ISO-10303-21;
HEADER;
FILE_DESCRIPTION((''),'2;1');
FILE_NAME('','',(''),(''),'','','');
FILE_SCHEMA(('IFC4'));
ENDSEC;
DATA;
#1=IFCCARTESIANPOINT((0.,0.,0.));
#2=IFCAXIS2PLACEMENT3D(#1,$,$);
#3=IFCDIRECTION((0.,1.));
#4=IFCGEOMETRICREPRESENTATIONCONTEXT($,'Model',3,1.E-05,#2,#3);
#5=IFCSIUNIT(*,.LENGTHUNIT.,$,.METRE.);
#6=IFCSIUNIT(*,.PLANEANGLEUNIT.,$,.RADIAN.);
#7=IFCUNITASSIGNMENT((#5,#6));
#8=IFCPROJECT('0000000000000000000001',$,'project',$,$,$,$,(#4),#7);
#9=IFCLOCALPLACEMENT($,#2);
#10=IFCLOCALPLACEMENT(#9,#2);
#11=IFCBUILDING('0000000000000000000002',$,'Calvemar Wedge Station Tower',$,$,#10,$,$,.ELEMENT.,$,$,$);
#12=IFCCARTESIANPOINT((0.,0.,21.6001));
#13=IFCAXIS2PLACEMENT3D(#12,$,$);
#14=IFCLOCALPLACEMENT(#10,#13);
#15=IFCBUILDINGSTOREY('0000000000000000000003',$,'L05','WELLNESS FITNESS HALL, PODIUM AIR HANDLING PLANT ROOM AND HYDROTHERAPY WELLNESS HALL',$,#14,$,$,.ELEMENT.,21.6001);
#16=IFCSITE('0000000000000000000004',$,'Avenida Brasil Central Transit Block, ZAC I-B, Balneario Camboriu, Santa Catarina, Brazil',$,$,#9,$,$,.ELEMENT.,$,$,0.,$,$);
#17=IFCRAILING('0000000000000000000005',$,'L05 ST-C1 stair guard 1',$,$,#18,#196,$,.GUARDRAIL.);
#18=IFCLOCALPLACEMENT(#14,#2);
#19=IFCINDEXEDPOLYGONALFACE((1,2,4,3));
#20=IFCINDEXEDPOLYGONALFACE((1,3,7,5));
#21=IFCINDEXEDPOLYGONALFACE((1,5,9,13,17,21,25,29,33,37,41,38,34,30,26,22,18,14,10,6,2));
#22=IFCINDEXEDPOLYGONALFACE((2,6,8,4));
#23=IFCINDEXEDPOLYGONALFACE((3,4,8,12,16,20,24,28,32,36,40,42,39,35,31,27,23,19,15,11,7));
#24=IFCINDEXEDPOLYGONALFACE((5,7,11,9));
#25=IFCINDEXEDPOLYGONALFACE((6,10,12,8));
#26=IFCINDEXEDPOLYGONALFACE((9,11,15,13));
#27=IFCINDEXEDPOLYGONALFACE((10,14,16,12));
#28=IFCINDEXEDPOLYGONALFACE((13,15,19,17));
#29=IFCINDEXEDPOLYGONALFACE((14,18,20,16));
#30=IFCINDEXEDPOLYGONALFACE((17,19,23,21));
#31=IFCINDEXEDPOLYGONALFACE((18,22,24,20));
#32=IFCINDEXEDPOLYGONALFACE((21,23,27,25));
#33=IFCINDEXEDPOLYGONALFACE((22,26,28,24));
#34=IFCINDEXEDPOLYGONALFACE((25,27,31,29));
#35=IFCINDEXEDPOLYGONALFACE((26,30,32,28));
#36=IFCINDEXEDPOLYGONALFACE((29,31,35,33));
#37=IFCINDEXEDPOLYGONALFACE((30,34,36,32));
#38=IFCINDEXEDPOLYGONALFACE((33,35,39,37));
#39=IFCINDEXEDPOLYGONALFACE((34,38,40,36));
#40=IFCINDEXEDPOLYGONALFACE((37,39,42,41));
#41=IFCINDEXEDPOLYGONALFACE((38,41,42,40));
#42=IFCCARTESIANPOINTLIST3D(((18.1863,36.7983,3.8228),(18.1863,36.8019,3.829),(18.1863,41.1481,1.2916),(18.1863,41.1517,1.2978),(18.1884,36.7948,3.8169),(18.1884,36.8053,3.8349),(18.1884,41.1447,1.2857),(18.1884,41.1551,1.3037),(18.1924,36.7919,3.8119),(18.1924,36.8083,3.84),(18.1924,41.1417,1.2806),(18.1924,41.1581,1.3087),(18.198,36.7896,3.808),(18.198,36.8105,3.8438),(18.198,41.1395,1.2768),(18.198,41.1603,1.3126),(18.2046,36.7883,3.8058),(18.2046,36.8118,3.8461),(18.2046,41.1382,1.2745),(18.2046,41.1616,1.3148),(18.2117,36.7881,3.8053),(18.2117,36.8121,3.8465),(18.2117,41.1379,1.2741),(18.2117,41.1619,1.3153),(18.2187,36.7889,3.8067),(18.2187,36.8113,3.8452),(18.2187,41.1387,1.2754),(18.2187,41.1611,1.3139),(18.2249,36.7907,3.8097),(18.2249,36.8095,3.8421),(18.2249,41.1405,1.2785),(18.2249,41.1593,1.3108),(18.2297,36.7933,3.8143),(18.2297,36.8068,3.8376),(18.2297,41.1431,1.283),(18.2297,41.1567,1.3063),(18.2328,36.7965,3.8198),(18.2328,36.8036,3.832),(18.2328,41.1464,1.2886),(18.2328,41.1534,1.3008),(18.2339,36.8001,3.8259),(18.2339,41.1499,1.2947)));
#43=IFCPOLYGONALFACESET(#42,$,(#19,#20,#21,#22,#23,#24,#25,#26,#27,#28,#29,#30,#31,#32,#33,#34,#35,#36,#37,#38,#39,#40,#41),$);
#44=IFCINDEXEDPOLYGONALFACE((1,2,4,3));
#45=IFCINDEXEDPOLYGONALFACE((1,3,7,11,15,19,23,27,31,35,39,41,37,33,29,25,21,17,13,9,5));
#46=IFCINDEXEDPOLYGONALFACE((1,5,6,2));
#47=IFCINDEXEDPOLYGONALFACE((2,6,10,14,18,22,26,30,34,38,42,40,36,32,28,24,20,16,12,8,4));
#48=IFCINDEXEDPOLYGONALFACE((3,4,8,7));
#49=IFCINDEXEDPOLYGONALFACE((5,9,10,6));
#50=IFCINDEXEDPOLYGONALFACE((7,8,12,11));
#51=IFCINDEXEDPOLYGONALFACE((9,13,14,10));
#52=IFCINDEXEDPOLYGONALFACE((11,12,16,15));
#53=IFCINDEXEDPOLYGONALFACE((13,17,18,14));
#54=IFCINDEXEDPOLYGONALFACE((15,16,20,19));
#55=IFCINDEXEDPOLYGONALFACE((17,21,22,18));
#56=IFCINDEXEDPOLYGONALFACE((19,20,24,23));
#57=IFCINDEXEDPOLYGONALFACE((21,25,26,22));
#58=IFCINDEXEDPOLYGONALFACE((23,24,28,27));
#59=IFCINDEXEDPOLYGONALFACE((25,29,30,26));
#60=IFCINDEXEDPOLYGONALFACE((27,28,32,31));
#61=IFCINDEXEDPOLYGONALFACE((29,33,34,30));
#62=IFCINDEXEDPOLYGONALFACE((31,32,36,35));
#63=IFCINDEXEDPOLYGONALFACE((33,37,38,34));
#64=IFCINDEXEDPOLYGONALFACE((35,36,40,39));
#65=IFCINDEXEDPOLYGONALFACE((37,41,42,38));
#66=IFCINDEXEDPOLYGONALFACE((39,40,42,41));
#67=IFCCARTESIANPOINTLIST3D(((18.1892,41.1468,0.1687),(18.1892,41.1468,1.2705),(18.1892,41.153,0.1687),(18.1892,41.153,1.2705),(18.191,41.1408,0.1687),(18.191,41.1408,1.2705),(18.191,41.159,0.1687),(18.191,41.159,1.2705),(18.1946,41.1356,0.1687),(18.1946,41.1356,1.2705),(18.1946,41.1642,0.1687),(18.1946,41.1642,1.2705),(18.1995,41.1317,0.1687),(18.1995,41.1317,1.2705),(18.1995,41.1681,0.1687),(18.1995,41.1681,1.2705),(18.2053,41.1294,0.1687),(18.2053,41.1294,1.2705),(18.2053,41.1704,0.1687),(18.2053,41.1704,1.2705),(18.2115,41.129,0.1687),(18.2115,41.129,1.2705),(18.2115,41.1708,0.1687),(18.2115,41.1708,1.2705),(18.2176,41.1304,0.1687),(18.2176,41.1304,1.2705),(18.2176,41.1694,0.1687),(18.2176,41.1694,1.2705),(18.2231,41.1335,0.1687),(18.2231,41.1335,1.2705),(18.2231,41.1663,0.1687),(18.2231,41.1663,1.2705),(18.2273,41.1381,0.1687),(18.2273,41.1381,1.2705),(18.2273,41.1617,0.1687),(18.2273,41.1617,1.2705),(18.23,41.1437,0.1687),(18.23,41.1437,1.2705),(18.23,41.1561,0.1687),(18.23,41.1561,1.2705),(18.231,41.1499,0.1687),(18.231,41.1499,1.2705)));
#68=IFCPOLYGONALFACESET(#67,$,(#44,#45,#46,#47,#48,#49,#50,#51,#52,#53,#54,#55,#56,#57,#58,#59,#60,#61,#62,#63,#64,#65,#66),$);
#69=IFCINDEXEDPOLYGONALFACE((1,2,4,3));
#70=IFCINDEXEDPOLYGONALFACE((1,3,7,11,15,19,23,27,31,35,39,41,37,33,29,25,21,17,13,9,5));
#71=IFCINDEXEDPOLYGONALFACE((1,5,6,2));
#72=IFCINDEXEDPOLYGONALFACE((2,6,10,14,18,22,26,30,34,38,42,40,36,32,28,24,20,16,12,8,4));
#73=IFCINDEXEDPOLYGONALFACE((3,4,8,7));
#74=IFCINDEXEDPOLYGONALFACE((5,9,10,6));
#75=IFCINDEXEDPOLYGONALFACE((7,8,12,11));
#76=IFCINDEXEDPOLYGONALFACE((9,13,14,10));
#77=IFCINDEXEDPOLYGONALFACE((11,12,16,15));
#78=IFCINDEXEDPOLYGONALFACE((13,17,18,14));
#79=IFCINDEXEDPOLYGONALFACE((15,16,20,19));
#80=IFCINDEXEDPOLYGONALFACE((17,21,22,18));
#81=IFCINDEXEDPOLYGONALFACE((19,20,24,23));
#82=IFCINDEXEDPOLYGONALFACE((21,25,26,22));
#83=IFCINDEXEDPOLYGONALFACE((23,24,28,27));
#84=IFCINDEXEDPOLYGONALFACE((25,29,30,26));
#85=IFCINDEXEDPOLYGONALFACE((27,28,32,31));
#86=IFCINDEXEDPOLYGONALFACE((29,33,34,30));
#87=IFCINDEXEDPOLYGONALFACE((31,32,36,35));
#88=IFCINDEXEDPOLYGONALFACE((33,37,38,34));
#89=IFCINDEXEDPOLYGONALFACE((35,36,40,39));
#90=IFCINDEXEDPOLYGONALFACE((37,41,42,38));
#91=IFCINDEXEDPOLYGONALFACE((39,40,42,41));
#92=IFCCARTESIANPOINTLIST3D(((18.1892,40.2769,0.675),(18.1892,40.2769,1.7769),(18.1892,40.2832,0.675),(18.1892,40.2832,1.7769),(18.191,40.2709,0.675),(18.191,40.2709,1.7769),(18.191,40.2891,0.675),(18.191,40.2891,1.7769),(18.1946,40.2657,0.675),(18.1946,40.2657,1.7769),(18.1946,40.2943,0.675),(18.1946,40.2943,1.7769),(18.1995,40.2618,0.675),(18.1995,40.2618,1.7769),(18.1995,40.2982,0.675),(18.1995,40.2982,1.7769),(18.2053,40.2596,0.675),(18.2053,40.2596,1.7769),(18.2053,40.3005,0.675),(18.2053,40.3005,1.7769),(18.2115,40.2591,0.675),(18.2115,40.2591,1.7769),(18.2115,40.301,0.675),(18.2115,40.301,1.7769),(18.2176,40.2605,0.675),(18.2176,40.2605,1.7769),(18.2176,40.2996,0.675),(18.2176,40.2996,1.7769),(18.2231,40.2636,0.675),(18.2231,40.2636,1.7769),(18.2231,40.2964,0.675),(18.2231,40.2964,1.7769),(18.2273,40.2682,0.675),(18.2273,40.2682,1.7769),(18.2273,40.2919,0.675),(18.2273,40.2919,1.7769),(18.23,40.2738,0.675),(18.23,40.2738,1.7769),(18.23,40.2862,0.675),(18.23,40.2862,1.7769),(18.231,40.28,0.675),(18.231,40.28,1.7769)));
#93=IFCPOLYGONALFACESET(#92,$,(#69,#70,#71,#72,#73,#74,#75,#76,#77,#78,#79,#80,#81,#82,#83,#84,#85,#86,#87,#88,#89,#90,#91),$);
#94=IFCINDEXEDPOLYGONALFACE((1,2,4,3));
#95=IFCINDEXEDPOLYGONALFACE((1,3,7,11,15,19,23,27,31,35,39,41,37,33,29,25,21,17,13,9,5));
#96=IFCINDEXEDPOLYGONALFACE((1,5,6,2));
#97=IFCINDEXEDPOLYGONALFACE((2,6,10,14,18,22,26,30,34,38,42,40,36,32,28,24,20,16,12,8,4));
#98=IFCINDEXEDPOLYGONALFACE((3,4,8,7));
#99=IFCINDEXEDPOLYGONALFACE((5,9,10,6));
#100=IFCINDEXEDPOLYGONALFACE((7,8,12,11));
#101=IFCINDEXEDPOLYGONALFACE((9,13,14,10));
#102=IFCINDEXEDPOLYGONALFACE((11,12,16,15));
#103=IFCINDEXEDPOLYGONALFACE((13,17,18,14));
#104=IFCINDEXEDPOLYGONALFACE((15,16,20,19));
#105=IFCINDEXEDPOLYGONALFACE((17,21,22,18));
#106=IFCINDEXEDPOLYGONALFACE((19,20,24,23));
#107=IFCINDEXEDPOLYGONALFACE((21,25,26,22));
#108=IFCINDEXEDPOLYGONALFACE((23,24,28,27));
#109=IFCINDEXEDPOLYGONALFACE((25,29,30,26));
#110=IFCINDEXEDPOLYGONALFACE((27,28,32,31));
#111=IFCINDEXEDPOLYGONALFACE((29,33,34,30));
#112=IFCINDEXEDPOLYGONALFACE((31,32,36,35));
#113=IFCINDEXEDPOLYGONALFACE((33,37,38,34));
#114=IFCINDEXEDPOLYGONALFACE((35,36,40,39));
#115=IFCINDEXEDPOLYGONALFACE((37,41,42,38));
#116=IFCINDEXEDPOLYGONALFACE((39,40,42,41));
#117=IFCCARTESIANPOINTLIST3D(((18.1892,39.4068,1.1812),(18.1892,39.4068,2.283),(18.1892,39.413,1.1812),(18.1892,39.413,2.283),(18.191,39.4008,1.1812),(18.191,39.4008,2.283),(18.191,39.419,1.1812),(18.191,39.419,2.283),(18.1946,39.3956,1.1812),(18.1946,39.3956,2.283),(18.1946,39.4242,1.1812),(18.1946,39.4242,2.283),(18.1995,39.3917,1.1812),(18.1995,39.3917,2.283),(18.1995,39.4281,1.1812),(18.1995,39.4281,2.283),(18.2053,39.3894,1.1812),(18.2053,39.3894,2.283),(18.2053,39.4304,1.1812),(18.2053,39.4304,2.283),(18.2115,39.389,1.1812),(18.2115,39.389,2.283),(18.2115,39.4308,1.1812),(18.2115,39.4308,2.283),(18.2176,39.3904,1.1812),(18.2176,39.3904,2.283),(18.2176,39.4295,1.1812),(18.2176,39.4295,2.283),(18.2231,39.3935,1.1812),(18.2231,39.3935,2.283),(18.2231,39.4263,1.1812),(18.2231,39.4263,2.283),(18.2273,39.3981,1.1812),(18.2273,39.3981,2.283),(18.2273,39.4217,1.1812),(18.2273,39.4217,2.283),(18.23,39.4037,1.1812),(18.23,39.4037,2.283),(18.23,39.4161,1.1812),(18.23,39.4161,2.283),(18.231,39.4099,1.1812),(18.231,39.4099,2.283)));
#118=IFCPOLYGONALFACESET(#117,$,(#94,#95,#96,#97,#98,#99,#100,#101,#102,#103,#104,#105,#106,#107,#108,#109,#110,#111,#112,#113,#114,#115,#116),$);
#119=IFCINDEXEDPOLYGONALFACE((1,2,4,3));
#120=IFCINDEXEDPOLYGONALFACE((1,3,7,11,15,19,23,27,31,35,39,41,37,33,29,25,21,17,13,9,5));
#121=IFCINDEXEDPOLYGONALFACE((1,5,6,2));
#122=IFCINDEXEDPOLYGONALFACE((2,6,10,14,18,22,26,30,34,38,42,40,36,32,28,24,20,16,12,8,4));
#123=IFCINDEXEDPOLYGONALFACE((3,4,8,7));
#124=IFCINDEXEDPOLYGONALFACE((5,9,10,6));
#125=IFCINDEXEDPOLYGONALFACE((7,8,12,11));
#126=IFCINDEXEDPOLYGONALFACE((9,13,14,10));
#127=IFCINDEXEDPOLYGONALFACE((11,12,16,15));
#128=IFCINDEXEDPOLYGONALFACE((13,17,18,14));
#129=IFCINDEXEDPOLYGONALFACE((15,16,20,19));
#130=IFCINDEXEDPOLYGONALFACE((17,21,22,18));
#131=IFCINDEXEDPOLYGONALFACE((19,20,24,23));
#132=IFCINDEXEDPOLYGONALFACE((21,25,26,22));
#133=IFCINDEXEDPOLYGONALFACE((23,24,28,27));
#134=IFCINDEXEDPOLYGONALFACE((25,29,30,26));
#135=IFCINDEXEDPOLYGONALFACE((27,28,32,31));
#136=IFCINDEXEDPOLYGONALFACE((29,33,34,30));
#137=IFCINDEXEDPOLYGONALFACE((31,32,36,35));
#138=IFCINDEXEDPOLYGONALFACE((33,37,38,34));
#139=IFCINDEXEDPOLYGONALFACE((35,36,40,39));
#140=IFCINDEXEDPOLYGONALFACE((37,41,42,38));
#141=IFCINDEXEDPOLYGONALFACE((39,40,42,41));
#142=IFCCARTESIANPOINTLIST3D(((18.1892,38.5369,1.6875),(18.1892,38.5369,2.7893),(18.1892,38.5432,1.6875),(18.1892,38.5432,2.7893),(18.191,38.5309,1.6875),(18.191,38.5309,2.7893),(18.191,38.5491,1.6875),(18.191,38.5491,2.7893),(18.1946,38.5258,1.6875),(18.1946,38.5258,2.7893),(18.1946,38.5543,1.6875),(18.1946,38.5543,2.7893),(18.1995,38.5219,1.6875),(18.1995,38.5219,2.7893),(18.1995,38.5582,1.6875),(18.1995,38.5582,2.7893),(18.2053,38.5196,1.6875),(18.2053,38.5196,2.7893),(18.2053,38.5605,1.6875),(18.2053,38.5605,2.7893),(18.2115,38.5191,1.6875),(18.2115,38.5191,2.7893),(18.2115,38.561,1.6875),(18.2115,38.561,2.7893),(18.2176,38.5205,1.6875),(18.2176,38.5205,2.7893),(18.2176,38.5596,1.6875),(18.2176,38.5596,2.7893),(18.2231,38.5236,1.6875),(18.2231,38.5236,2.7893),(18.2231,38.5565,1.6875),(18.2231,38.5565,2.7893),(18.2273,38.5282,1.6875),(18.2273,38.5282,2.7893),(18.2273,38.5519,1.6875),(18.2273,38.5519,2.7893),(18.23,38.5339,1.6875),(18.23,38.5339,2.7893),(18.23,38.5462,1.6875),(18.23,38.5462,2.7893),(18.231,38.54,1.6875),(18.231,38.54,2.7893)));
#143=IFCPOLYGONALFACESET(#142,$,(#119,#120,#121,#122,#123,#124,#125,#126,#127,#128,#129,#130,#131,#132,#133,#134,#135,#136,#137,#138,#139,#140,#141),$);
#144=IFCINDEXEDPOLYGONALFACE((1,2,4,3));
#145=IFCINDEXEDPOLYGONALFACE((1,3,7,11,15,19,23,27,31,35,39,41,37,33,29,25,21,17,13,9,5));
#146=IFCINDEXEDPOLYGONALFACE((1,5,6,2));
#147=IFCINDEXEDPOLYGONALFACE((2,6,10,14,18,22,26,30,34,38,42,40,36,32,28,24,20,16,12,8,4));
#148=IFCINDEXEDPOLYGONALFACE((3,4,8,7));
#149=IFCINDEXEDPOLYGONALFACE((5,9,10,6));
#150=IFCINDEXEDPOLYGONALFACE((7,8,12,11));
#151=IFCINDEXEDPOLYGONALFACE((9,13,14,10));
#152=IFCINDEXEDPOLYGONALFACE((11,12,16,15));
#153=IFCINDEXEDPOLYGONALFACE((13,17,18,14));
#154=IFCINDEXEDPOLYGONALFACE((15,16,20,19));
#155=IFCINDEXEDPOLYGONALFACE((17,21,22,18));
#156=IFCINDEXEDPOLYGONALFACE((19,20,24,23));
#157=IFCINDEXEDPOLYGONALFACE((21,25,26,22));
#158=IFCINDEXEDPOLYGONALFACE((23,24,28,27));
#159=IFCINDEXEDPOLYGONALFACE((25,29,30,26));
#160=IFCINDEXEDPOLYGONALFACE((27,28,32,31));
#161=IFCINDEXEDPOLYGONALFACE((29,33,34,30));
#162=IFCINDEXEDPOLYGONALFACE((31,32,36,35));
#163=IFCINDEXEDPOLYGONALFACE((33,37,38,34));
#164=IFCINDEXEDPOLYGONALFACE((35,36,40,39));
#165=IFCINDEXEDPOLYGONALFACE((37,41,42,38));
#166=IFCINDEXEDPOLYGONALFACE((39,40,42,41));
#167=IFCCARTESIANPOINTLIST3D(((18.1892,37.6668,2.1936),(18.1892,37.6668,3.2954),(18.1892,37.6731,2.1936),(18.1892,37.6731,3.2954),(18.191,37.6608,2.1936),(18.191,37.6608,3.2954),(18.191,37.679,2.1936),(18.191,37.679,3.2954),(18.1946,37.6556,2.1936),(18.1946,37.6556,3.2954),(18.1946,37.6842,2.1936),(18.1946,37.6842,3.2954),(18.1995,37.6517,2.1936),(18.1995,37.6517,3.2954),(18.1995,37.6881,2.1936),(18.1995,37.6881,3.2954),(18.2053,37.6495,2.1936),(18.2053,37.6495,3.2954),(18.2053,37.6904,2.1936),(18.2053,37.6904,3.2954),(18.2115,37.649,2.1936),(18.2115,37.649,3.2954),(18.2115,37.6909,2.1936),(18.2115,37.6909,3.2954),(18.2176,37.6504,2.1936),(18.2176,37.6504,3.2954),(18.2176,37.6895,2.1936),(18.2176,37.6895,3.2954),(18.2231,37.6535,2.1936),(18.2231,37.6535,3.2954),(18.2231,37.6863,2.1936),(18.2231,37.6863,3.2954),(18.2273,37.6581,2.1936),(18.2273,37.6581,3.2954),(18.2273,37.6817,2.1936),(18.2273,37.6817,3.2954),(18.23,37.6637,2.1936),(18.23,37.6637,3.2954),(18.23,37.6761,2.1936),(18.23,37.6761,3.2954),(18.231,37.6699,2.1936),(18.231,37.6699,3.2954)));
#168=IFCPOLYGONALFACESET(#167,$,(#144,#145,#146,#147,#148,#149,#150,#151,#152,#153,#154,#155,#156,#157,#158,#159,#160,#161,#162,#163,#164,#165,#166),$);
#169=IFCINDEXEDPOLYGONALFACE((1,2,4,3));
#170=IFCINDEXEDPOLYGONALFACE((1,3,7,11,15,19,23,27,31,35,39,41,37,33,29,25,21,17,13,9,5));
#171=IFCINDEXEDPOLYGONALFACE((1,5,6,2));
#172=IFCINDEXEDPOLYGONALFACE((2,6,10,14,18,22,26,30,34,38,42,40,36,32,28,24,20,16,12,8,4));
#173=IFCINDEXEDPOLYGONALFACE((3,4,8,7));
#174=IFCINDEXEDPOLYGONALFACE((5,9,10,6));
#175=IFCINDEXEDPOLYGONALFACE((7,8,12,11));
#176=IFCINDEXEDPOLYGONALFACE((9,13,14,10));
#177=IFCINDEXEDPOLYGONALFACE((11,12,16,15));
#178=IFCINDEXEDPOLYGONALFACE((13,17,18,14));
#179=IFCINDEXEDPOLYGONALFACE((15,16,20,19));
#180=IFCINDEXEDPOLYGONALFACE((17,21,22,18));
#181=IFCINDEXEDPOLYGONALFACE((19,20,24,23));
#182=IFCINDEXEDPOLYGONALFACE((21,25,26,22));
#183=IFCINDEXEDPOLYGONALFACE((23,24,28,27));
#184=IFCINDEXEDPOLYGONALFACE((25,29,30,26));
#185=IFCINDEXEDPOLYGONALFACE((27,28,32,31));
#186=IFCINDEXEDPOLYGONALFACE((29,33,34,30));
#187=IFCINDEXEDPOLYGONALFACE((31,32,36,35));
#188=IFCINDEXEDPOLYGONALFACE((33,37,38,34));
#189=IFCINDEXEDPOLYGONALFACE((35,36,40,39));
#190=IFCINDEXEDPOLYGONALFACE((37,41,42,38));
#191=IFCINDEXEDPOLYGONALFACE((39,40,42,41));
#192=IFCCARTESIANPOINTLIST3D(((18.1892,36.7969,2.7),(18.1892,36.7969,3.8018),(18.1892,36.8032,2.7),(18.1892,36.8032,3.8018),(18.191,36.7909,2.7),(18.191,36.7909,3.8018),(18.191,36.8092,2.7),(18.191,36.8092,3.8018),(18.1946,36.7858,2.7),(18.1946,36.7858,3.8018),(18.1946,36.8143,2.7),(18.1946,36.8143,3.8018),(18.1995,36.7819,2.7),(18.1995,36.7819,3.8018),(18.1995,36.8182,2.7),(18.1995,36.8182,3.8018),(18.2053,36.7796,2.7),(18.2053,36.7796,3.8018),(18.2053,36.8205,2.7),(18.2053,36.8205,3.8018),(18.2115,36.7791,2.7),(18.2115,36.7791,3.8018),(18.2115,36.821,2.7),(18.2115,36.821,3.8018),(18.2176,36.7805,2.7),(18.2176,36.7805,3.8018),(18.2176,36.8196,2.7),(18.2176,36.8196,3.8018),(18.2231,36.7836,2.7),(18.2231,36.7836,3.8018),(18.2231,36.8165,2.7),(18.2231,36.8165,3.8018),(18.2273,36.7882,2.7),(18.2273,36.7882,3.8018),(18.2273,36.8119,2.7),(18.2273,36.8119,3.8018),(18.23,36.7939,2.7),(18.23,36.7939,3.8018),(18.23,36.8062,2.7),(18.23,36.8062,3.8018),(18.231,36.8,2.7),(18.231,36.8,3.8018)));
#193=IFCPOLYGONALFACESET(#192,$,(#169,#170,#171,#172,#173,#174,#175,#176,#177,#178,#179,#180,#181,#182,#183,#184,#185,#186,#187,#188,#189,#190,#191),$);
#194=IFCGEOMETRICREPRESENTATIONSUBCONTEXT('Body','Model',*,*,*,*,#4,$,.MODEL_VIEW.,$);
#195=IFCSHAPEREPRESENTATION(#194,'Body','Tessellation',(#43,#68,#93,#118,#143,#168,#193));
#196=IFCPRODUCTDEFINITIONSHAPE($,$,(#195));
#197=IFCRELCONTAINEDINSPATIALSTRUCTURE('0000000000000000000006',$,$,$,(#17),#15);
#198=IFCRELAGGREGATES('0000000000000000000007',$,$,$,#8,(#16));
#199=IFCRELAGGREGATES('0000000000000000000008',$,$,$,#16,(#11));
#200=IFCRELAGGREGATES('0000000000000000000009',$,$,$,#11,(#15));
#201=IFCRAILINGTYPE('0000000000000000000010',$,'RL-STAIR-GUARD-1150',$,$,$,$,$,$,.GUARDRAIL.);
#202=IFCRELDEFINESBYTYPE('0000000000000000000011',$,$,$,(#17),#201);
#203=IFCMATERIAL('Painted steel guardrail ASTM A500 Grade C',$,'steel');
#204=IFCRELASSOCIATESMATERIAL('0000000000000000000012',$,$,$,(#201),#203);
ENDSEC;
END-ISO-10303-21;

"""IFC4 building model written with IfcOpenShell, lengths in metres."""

from ifc_helpers import new_model, si_unit, direction, frame, origin, origin_2d, place, context, subcontext, project, spatial, circle, extrude, material, type_object, element, save


model = new_model("IFC4")

# Units and contexts
model_context = context("Model", 3, precision=1e-05, world=origin(), true_north=direction((0.0, 1.0)))
body_context = subcontext(model_context, "Body", "Model", "MODEL_VIEW")
ifc_project = project(units=[si_unit("LENGTHUNIT", "METRE"), si_unit("PLANEANGLEUNIT", "RADIAN")], contexts=[model_context])

# Site, building, storey
site_placement = place(None, origin())
site = spatial("IfcSite", under=ifc_project, at=site_placement, Name="Avenida Brasil Central Transit Block, ZAC I-B, Balneario Camboriu, Santa Catarina, Brazil", CompositionType="ELEMENT", RefElevation=0.0)
building_placement = place(site_placement, origin())
building = spatial("IfcBuilding", under=site, at=building_placement, Name="Calvemar Wedge Station Tower", CompositionType="ELEMENT")
storey_placement = place(building_placement, frame((0.0, 0.0, 21.6001)))
storey = spatial("IfcBuildingStorey", under=building, at=storey_placement, Name="L05", Description="WELLNESS FITNESS HALL, PODIUM AIR HANDLING PLANT ROOM AND HYDROTHERAPY WELLNESS HALL", CompositionType="ELEMENT", Elevation=21.6001)

# Railing
ifc_material_1 = material(Name="Painted steel guardrail ASTM A500 Grade C", Category="steel")
railing_type_1 = type_object("IfcRailingType", Name="RL-STAIR-GUARD-1150", PredefinedType="GUARDRAIL", material=ifc_material_1)
railing_1_placement = place(storey_placement, frame((18.21, 41.1499, 0.1687)))
element("IfcRailing", 1, at=railing_1_placement, inside=storey, type_object=railing_type_1, Name="L05 ST-C1 stair guard 1", PredefinedType="GUARDRAIL", context=body_context, shape_type="SweptSolid", body=[
    extrude(circle(Radius=0.0239, at=origin_2d()), frame((0.0, 0.0, 1.126), z_axis=(0.0, -0.864312, 0.502957), x_axis=(1.0, 0.0, 0.0)), (0.0, 0.0, 1.0), 5.0327),
    extrude(circle(Radius=0.021, at=origin_2d()), origin(), (0.0, 0.0, 1.0), 1.1018),
    extrude(circle(Radius=0.021, at=origin_2d()), frame((0.0, -0.8699, 0.5063)), (0.0, 0.0, 1.0), 1.1018),
    extrude(circle(Radius=0.021, at=origin_2d()), frame((0.0, -1.74, 1.0125)), (0.0, 0.0, 1.0), 1.1018),
    extrude(circle(Radius=0.021, at=origin_2d()), frame((0.0, -2.6099, 1.5188)), (0.0, 0.0, 1.0), 1.1018),
    extrude(circle(Radius=0.021, at=origin_2d()), frame((0.0, -3.48, 2.0249)), (0.0, 0.0, 1.0), 1.1018),
    extrude(circle(Radius=0.021, at=origin_2d()), frame((0.0, -4.3499, 2.5312)), (0.0, 0.0, 1.0), 1.1018),
])

save(model, "model.ifc")
